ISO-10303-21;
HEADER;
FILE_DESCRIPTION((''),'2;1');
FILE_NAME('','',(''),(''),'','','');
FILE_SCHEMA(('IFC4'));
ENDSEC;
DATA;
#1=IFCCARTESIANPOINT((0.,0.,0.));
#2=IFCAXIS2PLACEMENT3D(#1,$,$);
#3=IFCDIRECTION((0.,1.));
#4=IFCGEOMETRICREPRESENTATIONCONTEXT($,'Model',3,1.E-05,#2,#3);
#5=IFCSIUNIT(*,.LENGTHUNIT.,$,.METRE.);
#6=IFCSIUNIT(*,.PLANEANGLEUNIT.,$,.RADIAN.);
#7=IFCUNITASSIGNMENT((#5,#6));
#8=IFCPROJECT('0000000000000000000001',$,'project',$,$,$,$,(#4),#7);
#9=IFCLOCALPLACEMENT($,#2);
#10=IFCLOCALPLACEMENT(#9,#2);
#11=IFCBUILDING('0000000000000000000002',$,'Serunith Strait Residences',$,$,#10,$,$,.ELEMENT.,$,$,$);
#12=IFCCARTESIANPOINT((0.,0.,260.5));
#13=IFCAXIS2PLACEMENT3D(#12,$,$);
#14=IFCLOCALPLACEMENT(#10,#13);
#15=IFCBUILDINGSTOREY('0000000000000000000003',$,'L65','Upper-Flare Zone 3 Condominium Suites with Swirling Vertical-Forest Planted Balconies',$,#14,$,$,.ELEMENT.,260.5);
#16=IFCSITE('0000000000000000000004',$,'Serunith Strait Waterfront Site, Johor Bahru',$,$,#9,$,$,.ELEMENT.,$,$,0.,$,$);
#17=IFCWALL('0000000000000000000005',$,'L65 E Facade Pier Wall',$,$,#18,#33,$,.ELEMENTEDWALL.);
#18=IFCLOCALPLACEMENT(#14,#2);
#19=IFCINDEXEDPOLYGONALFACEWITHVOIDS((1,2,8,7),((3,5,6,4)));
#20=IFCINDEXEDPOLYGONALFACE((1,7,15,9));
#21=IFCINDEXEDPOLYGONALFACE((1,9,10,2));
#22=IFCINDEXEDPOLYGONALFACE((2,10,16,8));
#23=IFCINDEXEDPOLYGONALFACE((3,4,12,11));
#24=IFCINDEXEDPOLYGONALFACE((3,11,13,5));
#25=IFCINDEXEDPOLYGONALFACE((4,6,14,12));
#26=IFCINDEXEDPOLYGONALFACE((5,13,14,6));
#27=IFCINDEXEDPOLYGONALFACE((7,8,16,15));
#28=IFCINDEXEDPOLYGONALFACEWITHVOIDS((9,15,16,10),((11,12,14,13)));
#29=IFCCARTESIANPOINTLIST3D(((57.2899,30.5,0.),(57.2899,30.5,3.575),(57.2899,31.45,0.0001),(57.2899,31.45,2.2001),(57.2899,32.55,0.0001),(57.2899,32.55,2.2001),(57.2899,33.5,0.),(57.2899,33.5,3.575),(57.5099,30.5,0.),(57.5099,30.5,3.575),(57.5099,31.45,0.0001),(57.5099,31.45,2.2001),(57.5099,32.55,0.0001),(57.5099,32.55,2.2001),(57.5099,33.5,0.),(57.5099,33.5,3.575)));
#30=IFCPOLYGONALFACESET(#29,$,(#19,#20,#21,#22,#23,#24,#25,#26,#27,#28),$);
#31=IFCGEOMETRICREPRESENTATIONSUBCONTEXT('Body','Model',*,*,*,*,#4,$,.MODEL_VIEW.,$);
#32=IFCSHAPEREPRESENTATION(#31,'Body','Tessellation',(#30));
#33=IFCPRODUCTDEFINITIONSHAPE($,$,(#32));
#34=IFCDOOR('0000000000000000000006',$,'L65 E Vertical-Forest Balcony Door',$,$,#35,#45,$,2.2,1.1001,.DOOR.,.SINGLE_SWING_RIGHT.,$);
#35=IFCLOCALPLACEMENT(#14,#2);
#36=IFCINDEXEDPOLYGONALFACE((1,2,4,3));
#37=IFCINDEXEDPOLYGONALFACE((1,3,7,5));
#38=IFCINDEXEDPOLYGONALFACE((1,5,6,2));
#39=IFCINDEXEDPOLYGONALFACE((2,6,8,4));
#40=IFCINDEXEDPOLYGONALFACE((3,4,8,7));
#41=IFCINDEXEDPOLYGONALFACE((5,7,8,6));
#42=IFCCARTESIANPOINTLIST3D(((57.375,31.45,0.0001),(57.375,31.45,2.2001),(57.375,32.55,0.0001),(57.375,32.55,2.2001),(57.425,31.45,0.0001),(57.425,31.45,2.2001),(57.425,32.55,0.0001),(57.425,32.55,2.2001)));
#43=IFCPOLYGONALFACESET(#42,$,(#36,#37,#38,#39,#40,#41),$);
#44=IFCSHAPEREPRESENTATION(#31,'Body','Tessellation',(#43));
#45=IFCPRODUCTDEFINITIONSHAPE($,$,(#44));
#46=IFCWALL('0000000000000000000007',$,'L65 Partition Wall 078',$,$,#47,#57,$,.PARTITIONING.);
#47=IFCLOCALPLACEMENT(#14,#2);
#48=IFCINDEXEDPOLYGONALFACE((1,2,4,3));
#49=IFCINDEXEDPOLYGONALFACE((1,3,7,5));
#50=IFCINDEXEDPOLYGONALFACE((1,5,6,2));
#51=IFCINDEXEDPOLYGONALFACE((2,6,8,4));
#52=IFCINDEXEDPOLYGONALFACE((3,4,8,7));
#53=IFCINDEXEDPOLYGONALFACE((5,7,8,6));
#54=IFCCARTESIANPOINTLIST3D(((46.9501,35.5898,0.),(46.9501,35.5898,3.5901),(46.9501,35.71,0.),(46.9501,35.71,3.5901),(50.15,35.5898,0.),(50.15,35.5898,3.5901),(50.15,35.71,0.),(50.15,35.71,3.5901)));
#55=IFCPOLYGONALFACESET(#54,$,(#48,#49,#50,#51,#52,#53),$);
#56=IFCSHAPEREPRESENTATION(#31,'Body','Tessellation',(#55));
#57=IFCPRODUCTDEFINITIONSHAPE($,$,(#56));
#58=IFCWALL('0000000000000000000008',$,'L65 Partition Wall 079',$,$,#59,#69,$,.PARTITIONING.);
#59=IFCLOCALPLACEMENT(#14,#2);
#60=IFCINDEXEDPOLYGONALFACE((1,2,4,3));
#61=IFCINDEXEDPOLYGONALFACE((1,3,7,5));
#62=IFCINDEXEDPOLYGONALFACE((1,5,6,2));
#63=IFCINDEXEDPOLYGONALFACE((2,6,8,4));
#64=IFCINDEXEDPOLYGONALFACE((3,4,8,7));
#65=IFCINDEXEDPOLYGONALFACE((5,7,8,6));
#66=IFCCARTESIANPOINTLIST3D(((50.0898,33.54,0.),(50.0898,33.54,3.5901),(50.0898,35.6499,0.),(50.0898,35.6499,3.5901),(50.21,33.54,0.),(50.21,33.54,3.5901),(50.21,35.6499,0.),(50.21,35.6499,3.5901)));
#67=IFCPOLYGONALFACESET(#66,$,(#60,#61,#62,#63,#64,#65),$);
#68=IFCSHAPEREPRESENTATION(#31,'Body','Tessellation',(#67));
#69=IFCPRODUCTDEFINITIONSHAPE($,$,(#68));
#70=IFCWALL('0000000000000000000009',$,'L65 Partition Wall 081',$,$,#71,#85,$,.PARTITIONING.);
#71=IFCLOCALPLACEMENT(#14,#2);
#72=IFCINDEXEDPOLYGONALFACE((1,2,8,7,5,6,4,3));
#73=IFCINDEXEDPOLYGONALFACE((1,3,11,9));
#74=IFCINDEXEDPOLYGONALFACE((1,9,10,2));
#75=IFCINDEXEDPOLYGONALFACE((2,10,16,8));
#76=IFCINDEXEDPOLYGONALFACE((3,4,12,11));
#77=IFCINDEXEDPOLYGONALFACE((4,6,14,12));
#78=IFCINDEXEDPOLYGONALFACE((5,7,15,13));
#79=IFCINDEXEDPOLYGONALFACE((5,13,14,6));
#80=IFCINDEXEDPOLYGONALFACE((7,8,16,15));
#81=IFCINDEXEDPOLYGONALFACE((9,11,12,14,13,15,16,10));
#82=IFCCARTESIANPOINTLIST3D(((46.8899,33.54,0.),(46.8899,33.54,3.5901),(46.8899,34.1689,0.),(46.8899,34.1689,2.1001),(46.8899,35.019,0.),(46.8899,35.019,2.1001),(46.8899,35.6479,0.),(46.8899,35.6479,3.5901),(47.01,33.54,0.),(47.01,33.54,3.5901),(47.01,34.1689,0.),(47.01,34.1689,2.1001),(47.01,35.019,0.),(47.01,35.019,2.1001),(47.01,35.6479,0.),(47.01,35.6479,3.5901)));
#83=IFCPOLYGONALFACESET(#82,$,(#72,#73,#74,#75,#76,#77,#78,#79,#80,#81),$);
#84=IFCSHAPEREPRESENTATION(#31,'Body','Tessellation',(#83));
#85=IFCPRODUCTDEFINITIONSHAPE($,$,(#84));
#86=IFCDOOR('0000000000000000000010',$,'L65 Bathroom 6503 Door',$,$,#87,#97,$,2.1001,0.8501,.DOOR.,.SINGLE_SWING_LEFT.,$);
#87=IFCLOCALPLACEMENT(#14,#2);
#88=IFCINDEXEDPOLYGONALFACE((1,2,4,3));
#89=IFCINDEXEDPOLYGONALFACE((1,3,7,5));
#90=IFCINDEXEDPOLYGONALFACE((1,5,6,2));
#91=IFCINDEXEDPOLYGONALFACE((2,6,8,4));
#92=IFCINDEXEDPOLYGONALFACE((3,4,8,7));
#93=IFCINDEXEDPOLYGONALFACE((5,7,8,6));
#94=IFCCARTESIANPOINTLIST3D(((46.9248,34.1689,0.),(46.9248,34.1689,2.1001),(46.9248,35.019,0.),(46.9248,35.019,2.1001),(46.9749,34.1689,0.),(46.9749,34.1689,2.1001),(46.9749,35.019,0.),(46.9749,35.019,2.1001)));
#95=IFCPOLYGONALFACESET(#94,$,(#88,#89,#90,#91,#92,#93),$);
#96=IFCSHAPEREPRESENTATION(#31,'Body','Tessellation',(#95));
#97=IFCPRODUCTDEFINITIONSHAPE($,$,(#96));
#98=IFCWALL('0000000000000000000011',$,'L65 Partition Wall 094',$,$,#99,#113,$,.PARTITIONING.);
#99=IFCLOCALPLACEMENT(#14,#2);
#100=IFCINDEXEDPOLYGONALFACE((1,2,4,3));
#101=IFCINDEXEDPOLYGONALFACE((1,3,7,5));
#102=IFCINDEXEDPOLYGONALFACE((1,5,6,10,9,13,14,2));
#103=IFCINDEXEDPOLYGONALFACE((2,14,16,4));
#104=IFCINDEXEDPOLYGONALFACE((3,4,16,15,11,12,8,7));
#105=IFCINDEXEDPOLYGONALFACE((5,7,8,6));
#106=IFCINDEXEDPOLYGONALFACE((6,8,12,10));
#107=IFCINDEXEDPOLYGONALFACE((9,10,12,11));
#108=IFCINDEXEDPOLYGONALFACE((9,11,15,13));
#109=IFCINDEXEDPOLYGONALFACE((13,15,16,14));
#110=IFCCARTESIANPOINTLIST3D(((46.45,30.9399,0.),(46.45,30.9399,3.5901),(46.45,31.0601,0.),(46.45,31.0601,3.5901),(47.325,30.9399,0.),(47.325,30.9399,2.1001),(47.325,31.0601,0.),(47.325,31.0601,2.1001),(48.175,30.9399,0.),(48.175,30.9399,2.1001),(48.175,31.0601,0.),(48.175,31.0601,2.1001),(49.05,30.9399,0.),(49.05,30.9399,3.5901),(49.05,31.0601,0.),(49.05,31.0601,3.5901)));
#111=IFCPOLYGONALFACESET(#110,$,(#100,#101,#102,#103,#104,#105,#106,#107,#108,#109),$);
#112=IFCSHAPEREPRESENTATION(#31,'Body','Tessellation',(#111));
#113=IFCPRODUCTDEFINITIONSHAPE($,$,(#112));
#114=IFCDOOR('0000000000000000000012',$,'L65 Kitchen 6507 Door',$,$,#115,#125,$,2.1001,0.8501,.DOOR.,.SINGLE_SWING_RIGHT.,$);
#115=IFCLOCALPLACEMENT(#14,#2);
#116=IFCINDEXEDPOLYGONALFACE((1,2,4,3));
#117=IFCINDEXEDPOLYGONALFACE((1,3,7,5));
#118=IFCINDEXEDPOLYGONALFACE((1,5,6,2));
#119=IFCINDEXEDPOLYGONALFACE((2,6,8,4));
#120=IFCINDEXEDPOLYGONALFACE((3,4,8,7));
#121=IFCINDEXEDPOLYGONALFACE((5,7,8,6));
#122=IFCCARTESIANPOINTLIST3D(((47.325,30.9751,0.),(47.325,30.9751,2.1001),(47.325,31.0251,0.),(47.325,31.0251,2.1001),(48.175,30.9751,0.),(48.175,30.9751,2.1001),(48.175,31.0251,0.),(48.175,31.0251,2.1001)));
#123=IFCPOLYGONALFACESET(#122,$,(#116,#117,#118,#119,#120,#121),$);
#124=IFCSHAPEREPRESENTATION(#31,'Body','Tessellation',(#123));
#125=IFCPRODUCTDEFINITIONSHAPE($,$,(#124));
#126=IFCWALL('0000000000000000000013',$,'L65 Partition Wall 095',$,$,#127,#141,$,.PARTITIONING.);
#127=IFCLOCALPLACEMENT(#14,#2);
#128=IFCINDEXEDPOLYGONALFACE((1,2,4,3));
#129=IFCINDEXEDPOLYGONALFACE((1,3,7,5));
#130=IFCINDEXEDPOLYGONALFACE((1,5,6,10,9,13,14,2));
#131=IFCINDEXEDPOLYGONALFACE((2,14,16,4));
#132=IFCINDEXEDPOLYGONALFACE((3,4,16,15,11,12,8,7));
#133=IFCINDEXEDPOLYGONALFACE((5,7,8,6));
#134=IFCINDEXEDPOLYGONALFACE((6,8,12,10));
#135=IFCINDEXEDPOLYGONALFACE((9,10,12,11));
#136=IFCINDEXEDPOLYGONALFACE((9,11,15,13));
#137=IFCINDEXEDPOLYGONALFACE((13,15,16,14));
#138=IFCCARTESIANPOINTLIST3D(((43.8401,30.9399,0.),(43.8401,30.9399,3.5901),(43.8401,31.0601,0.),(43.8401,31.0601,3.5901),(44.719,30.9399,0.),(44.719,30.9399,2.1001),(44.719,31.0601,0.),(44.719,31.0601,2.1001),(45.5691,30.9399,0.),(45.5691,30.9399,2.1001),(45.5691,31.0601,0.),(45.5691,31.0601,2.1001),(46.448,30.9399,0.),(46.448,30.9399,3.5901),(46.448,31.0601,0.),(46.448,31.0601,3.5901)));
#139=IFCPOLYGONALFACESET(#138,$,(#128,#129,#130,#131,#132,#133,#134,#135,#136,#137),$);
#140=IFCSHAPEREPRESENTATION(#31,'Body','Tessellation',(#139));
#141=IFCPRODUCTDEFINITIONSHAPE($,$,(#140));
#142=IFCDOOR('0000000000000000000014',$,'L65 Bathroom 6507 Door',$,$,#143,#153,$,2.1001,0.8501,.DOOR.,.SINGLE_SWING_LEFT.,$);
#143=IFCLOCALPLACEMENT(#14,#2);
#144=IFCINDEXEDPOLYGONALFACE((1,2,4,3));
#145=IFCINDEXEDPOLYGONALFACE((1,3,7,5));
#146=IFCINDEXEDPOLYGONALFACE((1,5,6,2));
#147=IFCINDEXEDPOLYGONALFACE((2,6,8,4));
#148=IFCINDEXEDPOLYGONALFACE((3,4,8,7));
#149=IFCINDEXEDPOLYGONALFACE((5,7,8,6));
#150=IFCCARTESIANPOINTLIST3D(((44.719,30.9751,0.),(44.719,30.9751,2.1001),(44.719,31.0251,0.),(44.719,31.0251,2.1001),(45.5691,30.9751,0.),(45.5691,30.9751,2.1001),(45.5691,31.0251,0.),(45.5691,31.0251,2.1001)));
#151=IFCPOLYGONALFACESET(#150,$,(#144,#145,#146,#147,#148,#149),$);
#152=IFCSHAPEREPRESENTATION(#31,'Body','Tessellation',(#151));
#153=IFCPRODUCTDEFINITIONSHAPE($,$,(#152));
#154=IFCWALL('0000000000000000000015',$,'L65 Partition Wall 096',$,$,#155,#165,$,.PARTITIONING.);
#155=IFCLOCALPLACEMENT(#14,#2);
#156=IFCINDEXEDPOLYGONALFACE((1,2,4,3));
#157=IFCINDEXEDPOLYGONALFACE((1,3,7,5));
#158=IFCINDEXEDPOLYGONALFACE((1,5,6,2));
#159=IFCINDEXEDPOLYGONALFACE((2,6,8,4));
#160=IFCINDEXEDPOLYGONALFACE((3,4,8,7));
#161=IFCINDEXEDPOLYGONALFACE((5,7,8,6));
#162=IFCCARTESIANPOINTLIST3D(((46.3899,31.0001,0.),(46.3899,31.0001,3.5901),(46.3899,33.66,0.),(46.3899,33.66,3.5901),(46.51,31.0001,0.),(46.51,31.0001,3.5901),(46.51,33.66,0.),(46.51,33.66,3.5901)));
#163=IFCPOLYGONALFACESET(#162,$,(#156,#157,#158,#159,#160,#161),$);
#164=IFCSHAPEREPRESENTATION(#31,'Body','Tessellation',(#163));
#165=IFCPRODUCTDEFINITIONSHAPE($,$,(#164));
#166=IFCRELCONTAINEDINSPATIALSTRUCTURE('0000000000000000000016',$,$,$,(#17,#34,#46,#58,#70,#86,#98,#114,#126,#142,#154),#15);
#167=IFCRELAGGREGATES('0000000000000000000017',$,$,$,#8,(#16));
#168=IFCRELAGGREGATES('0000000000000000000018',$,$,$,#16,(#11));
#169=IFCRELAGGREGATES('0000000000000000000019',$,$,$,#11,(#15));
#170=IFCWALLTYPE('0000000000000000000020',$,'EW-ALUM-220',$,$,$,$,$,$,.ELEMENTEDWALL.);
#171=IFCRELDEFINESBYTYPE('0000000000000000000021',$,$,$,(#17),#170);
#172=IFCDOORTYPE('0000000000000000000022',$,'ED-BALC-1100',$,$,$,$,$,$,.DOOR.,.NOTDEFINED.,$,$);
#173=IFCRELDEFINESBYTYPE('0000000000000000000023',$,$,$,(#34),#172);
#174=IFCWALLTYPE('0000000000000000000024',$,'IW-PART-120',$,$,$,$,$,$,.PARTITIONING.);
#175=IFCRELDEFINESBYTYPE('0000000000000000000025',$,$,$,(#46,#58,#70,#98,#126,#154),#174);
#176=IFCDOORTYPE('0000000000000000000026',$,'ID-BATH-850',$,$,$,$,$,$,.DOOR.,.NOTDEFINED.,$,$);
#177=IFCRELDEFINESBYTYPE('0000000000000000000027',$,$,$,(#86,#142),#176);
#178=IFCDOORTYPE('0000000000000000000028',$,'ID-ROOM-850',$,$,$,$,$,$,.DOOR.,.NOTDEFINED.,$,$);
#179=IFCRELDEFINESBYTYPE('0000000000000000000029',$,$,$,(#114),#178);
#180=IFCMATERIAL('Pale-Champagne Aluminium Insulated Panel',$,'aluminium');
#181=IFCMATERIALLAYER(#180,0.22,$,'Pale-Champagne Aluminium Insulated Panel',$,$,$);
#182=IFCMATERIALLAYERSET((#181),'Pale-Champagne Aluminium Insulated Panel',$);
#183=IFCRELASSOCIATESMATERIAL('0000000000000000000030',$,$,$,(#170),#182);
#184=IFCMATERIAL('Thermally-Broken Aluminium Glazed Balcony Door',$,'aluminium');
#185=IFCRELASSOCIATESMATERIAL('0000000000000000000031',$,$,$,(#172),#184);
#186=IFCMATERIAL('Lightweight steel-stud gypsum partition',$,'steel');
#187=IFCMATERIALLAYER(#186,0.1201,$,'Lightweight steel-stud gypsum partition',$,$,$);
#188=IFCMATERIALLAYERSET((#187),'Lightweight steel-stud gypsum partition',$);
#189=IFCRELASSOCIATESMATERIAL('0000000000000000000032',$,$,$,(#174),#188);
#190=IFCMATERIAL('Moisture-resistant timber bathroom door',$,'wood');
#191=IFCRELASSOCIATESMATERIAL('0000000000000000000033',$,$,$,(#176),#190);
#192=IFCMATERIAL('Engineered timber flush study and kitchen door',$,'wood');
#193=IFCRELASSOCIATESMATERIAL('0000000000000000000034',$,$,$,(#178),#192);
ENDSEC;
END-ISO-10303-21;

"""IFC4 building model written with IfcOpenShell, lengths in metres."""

from ifc_helpers import new_model, si_unit, direction, frame, frame_2d, origin, place, context, subcontext, project, spatial, rectangle, extrude, source, transform, mapped, material, layer, layer_set, type_object, element, fill, save


model = new_model("IFC4")

# Units and contexts
model_context = context("Model", 3, precision=1e-05, world=origin(), true_north=direction((0.0, 1.0)))
body_context = subcontext(model_context, "Body", "Model", "MODEL_VIEW")
ifc_project = project(units=[si_unit("LENGTHUNIT", "METRE"), si_unit("PLANEANGLEUNIT", "RADIAN")], contexts=[model_context])

# Site, building, storey
site_placement = place(None, origin())
site = spatial("IfcSite", under=ifc_project, at=site_placement, Name="Serunith Strait Waterfront Site, Johor Bahru", CompositionType="ELEMENT", RefElevation=0.0)
building_placement = place(site_placement, origin())
building = spatial("IfcBuilding", under=site, at=building_placement, Name="Serunith Strait Residences", CompositionType="ELEMENT")
storey_placement = place(building_placement, frame((0.0, 0.0, 260.5)))
storey = spatial("IfcBuildingStorey", under=building, at=storey_placement, Name="L65", Description="Upper-Flare Zone 3 Condominium Suites with Swirling Vertical-Forest Planted Balconies", CompositionType="ELEMENT", Elevation=260.5)

# Wall, opening, door
ifc_material_1 = material(Name="Pale-Champagne Aluminium Insulated Panel", Category="aluminium")
ifc_layer_1 = layer(ifc_material_1, 0.22, Name="Pale-Champagne Aluminium Insulated Panel")
ifc_layer_set_1 = layer_set([ifc_layer_1], Name="Pale-Champagne Aluminium Insulated Panel")
wall_type_1 = type_object("IfcWallType", Name="EW-ALUM-220", PredefinedType="ELEMENTEDWALL", material=ifc_layer_set_1)
wall_1_placement = place(storey_placement, frame((57.3999, 30.5, 0.0), z_axis=(0.0, 0.0, 1.0), x_axis=(0.0, 1.0, 0.0)))
wall_1 = element("IfcWall", 1, at=wall_1_placement, inside=storey, type_object=wall_type_1, Name="L65 E Facade Pier Wall", PredefinedType="ELEMENTEDWALL", context=body_context, shape_type="SweptSolid", body=[
    extrude(rectangle(XDim=3.0, YDim=0.22, at=frame_2d((1.5, 0.0))), origin(), (0.0, 0.0, 1.0), 3.575),
])
opening_1_placement = place(wall_1_placement, frame((0.95, 0.0, 0.0)))
opening_1 = element("IfcOpeningElement", 2, at=opening_1_placement, cuts=wall_1, PredefinedType="OPENING", context=body_context, shape_type="SweptSolid", body=[
    extrude(rectangle(XDim=1.1001, YDim=2.2, at=frame_2d((0.55, 1.1001))), frame((0.0, 0.1201, 0.0), z_axis=(0.0, -1.0, 0.0), x_axis=(1.0, 0.0, 0.0)), (0.0, 0.0, 1.0), 0.24),
])
ifc_material_2 = material(Name="Thermally-Broken Aluminium Glazed Balcony Door", Category="aluminium")
door_type_1 = type_object("IfcDoorType", Name="ED-BALC-1100", OperationType="NOTDEFINED", PredefinedType="DOOR", material=ifc_material_2)
shared_shape_1 = source(origin(), body_context, "Body", "SweptSolid", [
    extrude(rectangle(XDim=1.1001, YDim=2.2, at=frame_2d((0.55, 1.1001))), frame((0.0, 0.0249, 0.0), z_axis=(0.0, -1.0, 0.0), x_axis=(1.0, 0.0, 0.0)), (0.0, 0.0, 1.0), 0.05),
])
door_1_placement = place(opening_1_placement, origin())
door_1 = element("IfcDoor", 3, at=door_1_placement, inside=storey, type_object=door_type_1, Name="L65 E Vertical-Forest Balcony Door", OperationType="SINGLE_SWING_RIGHT", OverallHeight=2.2, OverallWidth=1.1001, PredefinedType="DOOR", context=body_context, shape_type="MappedRepresentation", body=[
    mapped(shared_shape_1, transform((0.0, 0.0, 0.0), scale=1.0)),
])
fill(opening_1, door_1)

# Walls
ifc_material_3 = material(Name="Lightweight steel-stud gypsum partition", Category="steel")
ifc_layer_2 = layer(ifc_material_3, 0.1201, Name="Lightweight steel-stud gypsum partition")
ifc_layer_set_2 = layer_set([ifc_layer_2], Name="Lightweight steel-stud gypsum partition")
wall_type_2 = type_object("IfcWallType", Name="IW-PART-120", PredefinedType="PARTITIONING", material=ifc_layer_set_2)
wall_2_placement = place(storey_placement, frame((46.95, 35.6499, 0.0), z_axis=(0.0, 0.0, 1.0), x_axis=(1.0, 0.0, 0.0)))
element("IfcWall", 4, at=wall_2_placement, inside=storey, type_object=wall_type_2, Name="L65 Partition Wall 078", PredefinedType="PARTITIONING", context=body_context, shape_type="SweptSolid", body=[
    extrude(rectangle(XDim=3.2, YDim=0.1201, at=frame_2d((1.6001, 0.0))), origin(), (0.0, 0.0, 1.0), 3.5901),
])
wall_3_placement = place(storey_placement, frame((50.1499, 35.6499, 0.0), z_axis=(0.0, 0.0, 1.0), x_axis=(0.0, -1.0, 0.0)))
element("IfcWall", 5, at=wall_3_placement, inside=storey, type_object=wall_type_2, Name="L65 Partition Wall 079", PredefinedType="PARTITIONING", context=body_context, shape_type="SweptSolid", body=[
    extrude(rectangle(XDim=2.1099, YDim=0.1201, at=frame_2d((1.0549, 0.0))), origin(), (0.0, 0.0, 1.0), 3.5901),
])

# Walls, openings, doors
wall_4_placement = place(storey_placement, frame((46.95, 35.6479, 0.0), z_axis=(0.0, 0.0, 1.0), x_axis=(0.0, -1.0, 0.0)))
wall_4 = element("IfcWall", 6, at=wall_4_placement, inside=storey, type_object=wall_type_2, Name="L65 Partition Wall 081", PredefinedType="PARTITIONING", context=body_context, shape_type="SweptSolid", body=[
    extrude(rectangle(XDim=2.1079, YDim=0.1201, at=frame_2d((1.054, 0.0))), origin(), (0.0, 0.0, 1.0), 3.5901),
])
opening_2_placement = place(wall_4_placement, frame((0.6289, 0.0, 0.0)))
opening_2 = element("IfcOpeningElement", 7, at=opening_2_placement, cuts=wall_4, PredefinedType="OPENING", context=body_context, shape_type="SweptSolid", body=[
    extrude(rectangle(XDim=0.8501, YDim=2.1001, at=frame_2d((0.425, 1.05))), frame((0.0, 0.0701, 0.0), z_axis=(0.0, -1.0, 0.0), x_axis=(1.0, 0.0, 0.0)), (0.0, 0.0, 1.0), 0.1401),
])
ifc_material_4 = material(Name="Moisture-resistant timber bathroom door", Category="wood")
door_type_2 = type_object("IfcDoorType", Name="ID-BATH-850", OperationType="NOTDEFINED", PredefinedType="DOOR", material=ifc_material_4)
shared_shape_2 = source(origin(), body_context, "Body", "SweptSolid", [
    extrude(rectangle(XDim=0.8501, YDim=2.1001, at=frame_2d((0.425, 1.05))), frame((0.0, 0.0249, 0.0), z_axis=(0.0, -1.0, 0.0), x_axis=(1.0, 0.0, 0.0)), (0.0, 0.0, 1.0), 0.05),
])
door_2_placement = place(opening_2_placement, origin())
door_2 = element("IfcDoor", 8, at=door_2_placement, inside=storey, type_object=door_type_2, Name="L65 Bathroom 6503 Door", OperationType="SINGLE_SWING_LEFT", OverallHeight=2.1001, OverallWidth=0.8501, PredefinedType="DOOR", context=body_context, shape_type="MappedRepresentation", body=[
    mapped(shared_shape_2, transform((0.0, 0.0, 0.0), scale=1.0)),
])
fill(opening_2, door_2)
wall_5_placement = place(storey_placement, frame((49.05, 31.0, 0.0), z_axis=(0.0, 0.0, 1.0), x_axis=(-1.0, 0.0, 0.0)))
wall_5 = element("IfcWall", 9, at=wall_5_placement, inside=storey, type_object=wall_type_2, Name="L65 Partition Wall 094", PredefinedType="PARTITIONING", context=body_context, shape_type="SweptSolid", body=[
    extrude(rectangle(XDim=2.6001, YDim=0.1201, at=frame_2d((1.3, 0.0))), origin(), (0.0, 0.0, 1.0), 3.5901),
])
opening_3_placement = place(wall_5_placement, frame((0.875, 0.0, 0.0)))
opening_3 = element("IfcOpeningElement", 10, at=opening_3_placement, cuts=wall_5, PredefinedType="OPENING", context=body_context, shape_type="SweptSolid", body=[
    extrude(rectangle(XDim=0.8501, YDim=2.1001, at=frame_2d((0.425, 1.05))), frame((0.0, 0.0701, 0.0), z_axis=(0.0, -1.0, 0.0), x_axis=(1.0, 0.0, 0.0)), (0.0, 0.0, 1.0), 0.1401),
])
ifc_material_5 = material(Name="Engineered timber flush study and kitchen door", Category="wood")
door_type_3 = type_object("IfcDoorType", Name="ID-ROOM-850", OperationType="NOTDEFINED", PredefinedType="DOOR", material=ifc_material_5)
door_3_placement = place(opening_3_placement, origin())
door_3 = element("IfcDoor", 11, at=door_3_placement, inside=storey, type_object=door_type_3, Name="L65 Kitchen 6507 Door", OperationType="SINGLE_SWING_RIGHT", OverallHeight=2.1001, OverallWidth=0.8501, PredefinedType="DOOR", context=body_context, shape_type="MappedRepresentation", body=[
    mapped(shared_shape_2, transform((0.0, 0.0, 0.0), scale=1.0)),
])
fill(opening_3, door_3)
wall_6_placement = place(storey_placement, frame((46.448, 31.0, 0.0), z_axis=(0.0, 0.0, 1.0), x_axis=(-1.0, 0.0, 0.0)))
wall_6 = element("IfcWall", 12, at=wall_6_placement, inside=storey, type_object=wall_type_2, Name="L65 Partition Wall 095", PredefinedType="PARTITIONING", context=body_context, shape_type="SweptSolid", body=[
    extrude(rectangle(XDim=2.6079, YDim=0.1201, at=frame_2d((1.304, 0.0))), origin(), (0.0, 0.0, 1.0), 3.5901),
])
opening_4_placement = place(wall_6_placement, frame((0.8789, 0.0, 0.0)))
opening_4 = element("IfcOpeningElement", 13, at=opening_4_placement, cuts=wall_6, PredefinedType="OPENING", context=body_context, shape_type="SweptSolid", body=[
    extrude(rectangle(XDim=0.8501, YDim=2.1001, at=frame_2d((0.425, 1.05))), frame((0.0, 0.0701, 0.0), z_axis=(0.0, -1.0, 0.0), x_axis=(1.0, 0.0, 0.0)), (0.0, 0.0, 1.0), 0.1401),
])
door_4_placement = place(opening_4_placement, origin())
door_4 = element("IfcDoor", 14, at=door_4_placement, inside=storey, type_object=door_type_2, Name="L65 Bathroom 6507 Door", OperationType="SINGLE_SWING_LEFT", OverallHeight=2.1001, OverallWidth=0.8501, PredefinedType="DOOR", context=body_context, shape_type="MappedRepresentation", body=[
    mapped(shared_shape_2, transform((0.0, 0.0, 0.0), scale=1.0)),
])
fill(opening_4, door_4)

# Wall
for number, where, z_axis, x_axis, name in (
    (15, (46.45, 31.0, 0.0), (0.0, 0.0, 1.0), (0.0, 1.0, 0.0), "L65 Partition Wall 096"),
):
    element("IfcWall", number, at=place(storey_placement, frame(where, z_axis=z_axis, x_axis=x_axis)), inside=storey, type_object=wall_type_2, Name=name, PredefinedType="PARTITIONING", context=body_context, shape_type="SweptSolid", body=[
        extrude(rectangle(XDim=2.6599, YDim=0.1201, at=frame_2d((1.3301, 0.0))), origin(), (0.0, 0.0, 1.0), 3.5901),
    ])

save(model, "model.ifc")
